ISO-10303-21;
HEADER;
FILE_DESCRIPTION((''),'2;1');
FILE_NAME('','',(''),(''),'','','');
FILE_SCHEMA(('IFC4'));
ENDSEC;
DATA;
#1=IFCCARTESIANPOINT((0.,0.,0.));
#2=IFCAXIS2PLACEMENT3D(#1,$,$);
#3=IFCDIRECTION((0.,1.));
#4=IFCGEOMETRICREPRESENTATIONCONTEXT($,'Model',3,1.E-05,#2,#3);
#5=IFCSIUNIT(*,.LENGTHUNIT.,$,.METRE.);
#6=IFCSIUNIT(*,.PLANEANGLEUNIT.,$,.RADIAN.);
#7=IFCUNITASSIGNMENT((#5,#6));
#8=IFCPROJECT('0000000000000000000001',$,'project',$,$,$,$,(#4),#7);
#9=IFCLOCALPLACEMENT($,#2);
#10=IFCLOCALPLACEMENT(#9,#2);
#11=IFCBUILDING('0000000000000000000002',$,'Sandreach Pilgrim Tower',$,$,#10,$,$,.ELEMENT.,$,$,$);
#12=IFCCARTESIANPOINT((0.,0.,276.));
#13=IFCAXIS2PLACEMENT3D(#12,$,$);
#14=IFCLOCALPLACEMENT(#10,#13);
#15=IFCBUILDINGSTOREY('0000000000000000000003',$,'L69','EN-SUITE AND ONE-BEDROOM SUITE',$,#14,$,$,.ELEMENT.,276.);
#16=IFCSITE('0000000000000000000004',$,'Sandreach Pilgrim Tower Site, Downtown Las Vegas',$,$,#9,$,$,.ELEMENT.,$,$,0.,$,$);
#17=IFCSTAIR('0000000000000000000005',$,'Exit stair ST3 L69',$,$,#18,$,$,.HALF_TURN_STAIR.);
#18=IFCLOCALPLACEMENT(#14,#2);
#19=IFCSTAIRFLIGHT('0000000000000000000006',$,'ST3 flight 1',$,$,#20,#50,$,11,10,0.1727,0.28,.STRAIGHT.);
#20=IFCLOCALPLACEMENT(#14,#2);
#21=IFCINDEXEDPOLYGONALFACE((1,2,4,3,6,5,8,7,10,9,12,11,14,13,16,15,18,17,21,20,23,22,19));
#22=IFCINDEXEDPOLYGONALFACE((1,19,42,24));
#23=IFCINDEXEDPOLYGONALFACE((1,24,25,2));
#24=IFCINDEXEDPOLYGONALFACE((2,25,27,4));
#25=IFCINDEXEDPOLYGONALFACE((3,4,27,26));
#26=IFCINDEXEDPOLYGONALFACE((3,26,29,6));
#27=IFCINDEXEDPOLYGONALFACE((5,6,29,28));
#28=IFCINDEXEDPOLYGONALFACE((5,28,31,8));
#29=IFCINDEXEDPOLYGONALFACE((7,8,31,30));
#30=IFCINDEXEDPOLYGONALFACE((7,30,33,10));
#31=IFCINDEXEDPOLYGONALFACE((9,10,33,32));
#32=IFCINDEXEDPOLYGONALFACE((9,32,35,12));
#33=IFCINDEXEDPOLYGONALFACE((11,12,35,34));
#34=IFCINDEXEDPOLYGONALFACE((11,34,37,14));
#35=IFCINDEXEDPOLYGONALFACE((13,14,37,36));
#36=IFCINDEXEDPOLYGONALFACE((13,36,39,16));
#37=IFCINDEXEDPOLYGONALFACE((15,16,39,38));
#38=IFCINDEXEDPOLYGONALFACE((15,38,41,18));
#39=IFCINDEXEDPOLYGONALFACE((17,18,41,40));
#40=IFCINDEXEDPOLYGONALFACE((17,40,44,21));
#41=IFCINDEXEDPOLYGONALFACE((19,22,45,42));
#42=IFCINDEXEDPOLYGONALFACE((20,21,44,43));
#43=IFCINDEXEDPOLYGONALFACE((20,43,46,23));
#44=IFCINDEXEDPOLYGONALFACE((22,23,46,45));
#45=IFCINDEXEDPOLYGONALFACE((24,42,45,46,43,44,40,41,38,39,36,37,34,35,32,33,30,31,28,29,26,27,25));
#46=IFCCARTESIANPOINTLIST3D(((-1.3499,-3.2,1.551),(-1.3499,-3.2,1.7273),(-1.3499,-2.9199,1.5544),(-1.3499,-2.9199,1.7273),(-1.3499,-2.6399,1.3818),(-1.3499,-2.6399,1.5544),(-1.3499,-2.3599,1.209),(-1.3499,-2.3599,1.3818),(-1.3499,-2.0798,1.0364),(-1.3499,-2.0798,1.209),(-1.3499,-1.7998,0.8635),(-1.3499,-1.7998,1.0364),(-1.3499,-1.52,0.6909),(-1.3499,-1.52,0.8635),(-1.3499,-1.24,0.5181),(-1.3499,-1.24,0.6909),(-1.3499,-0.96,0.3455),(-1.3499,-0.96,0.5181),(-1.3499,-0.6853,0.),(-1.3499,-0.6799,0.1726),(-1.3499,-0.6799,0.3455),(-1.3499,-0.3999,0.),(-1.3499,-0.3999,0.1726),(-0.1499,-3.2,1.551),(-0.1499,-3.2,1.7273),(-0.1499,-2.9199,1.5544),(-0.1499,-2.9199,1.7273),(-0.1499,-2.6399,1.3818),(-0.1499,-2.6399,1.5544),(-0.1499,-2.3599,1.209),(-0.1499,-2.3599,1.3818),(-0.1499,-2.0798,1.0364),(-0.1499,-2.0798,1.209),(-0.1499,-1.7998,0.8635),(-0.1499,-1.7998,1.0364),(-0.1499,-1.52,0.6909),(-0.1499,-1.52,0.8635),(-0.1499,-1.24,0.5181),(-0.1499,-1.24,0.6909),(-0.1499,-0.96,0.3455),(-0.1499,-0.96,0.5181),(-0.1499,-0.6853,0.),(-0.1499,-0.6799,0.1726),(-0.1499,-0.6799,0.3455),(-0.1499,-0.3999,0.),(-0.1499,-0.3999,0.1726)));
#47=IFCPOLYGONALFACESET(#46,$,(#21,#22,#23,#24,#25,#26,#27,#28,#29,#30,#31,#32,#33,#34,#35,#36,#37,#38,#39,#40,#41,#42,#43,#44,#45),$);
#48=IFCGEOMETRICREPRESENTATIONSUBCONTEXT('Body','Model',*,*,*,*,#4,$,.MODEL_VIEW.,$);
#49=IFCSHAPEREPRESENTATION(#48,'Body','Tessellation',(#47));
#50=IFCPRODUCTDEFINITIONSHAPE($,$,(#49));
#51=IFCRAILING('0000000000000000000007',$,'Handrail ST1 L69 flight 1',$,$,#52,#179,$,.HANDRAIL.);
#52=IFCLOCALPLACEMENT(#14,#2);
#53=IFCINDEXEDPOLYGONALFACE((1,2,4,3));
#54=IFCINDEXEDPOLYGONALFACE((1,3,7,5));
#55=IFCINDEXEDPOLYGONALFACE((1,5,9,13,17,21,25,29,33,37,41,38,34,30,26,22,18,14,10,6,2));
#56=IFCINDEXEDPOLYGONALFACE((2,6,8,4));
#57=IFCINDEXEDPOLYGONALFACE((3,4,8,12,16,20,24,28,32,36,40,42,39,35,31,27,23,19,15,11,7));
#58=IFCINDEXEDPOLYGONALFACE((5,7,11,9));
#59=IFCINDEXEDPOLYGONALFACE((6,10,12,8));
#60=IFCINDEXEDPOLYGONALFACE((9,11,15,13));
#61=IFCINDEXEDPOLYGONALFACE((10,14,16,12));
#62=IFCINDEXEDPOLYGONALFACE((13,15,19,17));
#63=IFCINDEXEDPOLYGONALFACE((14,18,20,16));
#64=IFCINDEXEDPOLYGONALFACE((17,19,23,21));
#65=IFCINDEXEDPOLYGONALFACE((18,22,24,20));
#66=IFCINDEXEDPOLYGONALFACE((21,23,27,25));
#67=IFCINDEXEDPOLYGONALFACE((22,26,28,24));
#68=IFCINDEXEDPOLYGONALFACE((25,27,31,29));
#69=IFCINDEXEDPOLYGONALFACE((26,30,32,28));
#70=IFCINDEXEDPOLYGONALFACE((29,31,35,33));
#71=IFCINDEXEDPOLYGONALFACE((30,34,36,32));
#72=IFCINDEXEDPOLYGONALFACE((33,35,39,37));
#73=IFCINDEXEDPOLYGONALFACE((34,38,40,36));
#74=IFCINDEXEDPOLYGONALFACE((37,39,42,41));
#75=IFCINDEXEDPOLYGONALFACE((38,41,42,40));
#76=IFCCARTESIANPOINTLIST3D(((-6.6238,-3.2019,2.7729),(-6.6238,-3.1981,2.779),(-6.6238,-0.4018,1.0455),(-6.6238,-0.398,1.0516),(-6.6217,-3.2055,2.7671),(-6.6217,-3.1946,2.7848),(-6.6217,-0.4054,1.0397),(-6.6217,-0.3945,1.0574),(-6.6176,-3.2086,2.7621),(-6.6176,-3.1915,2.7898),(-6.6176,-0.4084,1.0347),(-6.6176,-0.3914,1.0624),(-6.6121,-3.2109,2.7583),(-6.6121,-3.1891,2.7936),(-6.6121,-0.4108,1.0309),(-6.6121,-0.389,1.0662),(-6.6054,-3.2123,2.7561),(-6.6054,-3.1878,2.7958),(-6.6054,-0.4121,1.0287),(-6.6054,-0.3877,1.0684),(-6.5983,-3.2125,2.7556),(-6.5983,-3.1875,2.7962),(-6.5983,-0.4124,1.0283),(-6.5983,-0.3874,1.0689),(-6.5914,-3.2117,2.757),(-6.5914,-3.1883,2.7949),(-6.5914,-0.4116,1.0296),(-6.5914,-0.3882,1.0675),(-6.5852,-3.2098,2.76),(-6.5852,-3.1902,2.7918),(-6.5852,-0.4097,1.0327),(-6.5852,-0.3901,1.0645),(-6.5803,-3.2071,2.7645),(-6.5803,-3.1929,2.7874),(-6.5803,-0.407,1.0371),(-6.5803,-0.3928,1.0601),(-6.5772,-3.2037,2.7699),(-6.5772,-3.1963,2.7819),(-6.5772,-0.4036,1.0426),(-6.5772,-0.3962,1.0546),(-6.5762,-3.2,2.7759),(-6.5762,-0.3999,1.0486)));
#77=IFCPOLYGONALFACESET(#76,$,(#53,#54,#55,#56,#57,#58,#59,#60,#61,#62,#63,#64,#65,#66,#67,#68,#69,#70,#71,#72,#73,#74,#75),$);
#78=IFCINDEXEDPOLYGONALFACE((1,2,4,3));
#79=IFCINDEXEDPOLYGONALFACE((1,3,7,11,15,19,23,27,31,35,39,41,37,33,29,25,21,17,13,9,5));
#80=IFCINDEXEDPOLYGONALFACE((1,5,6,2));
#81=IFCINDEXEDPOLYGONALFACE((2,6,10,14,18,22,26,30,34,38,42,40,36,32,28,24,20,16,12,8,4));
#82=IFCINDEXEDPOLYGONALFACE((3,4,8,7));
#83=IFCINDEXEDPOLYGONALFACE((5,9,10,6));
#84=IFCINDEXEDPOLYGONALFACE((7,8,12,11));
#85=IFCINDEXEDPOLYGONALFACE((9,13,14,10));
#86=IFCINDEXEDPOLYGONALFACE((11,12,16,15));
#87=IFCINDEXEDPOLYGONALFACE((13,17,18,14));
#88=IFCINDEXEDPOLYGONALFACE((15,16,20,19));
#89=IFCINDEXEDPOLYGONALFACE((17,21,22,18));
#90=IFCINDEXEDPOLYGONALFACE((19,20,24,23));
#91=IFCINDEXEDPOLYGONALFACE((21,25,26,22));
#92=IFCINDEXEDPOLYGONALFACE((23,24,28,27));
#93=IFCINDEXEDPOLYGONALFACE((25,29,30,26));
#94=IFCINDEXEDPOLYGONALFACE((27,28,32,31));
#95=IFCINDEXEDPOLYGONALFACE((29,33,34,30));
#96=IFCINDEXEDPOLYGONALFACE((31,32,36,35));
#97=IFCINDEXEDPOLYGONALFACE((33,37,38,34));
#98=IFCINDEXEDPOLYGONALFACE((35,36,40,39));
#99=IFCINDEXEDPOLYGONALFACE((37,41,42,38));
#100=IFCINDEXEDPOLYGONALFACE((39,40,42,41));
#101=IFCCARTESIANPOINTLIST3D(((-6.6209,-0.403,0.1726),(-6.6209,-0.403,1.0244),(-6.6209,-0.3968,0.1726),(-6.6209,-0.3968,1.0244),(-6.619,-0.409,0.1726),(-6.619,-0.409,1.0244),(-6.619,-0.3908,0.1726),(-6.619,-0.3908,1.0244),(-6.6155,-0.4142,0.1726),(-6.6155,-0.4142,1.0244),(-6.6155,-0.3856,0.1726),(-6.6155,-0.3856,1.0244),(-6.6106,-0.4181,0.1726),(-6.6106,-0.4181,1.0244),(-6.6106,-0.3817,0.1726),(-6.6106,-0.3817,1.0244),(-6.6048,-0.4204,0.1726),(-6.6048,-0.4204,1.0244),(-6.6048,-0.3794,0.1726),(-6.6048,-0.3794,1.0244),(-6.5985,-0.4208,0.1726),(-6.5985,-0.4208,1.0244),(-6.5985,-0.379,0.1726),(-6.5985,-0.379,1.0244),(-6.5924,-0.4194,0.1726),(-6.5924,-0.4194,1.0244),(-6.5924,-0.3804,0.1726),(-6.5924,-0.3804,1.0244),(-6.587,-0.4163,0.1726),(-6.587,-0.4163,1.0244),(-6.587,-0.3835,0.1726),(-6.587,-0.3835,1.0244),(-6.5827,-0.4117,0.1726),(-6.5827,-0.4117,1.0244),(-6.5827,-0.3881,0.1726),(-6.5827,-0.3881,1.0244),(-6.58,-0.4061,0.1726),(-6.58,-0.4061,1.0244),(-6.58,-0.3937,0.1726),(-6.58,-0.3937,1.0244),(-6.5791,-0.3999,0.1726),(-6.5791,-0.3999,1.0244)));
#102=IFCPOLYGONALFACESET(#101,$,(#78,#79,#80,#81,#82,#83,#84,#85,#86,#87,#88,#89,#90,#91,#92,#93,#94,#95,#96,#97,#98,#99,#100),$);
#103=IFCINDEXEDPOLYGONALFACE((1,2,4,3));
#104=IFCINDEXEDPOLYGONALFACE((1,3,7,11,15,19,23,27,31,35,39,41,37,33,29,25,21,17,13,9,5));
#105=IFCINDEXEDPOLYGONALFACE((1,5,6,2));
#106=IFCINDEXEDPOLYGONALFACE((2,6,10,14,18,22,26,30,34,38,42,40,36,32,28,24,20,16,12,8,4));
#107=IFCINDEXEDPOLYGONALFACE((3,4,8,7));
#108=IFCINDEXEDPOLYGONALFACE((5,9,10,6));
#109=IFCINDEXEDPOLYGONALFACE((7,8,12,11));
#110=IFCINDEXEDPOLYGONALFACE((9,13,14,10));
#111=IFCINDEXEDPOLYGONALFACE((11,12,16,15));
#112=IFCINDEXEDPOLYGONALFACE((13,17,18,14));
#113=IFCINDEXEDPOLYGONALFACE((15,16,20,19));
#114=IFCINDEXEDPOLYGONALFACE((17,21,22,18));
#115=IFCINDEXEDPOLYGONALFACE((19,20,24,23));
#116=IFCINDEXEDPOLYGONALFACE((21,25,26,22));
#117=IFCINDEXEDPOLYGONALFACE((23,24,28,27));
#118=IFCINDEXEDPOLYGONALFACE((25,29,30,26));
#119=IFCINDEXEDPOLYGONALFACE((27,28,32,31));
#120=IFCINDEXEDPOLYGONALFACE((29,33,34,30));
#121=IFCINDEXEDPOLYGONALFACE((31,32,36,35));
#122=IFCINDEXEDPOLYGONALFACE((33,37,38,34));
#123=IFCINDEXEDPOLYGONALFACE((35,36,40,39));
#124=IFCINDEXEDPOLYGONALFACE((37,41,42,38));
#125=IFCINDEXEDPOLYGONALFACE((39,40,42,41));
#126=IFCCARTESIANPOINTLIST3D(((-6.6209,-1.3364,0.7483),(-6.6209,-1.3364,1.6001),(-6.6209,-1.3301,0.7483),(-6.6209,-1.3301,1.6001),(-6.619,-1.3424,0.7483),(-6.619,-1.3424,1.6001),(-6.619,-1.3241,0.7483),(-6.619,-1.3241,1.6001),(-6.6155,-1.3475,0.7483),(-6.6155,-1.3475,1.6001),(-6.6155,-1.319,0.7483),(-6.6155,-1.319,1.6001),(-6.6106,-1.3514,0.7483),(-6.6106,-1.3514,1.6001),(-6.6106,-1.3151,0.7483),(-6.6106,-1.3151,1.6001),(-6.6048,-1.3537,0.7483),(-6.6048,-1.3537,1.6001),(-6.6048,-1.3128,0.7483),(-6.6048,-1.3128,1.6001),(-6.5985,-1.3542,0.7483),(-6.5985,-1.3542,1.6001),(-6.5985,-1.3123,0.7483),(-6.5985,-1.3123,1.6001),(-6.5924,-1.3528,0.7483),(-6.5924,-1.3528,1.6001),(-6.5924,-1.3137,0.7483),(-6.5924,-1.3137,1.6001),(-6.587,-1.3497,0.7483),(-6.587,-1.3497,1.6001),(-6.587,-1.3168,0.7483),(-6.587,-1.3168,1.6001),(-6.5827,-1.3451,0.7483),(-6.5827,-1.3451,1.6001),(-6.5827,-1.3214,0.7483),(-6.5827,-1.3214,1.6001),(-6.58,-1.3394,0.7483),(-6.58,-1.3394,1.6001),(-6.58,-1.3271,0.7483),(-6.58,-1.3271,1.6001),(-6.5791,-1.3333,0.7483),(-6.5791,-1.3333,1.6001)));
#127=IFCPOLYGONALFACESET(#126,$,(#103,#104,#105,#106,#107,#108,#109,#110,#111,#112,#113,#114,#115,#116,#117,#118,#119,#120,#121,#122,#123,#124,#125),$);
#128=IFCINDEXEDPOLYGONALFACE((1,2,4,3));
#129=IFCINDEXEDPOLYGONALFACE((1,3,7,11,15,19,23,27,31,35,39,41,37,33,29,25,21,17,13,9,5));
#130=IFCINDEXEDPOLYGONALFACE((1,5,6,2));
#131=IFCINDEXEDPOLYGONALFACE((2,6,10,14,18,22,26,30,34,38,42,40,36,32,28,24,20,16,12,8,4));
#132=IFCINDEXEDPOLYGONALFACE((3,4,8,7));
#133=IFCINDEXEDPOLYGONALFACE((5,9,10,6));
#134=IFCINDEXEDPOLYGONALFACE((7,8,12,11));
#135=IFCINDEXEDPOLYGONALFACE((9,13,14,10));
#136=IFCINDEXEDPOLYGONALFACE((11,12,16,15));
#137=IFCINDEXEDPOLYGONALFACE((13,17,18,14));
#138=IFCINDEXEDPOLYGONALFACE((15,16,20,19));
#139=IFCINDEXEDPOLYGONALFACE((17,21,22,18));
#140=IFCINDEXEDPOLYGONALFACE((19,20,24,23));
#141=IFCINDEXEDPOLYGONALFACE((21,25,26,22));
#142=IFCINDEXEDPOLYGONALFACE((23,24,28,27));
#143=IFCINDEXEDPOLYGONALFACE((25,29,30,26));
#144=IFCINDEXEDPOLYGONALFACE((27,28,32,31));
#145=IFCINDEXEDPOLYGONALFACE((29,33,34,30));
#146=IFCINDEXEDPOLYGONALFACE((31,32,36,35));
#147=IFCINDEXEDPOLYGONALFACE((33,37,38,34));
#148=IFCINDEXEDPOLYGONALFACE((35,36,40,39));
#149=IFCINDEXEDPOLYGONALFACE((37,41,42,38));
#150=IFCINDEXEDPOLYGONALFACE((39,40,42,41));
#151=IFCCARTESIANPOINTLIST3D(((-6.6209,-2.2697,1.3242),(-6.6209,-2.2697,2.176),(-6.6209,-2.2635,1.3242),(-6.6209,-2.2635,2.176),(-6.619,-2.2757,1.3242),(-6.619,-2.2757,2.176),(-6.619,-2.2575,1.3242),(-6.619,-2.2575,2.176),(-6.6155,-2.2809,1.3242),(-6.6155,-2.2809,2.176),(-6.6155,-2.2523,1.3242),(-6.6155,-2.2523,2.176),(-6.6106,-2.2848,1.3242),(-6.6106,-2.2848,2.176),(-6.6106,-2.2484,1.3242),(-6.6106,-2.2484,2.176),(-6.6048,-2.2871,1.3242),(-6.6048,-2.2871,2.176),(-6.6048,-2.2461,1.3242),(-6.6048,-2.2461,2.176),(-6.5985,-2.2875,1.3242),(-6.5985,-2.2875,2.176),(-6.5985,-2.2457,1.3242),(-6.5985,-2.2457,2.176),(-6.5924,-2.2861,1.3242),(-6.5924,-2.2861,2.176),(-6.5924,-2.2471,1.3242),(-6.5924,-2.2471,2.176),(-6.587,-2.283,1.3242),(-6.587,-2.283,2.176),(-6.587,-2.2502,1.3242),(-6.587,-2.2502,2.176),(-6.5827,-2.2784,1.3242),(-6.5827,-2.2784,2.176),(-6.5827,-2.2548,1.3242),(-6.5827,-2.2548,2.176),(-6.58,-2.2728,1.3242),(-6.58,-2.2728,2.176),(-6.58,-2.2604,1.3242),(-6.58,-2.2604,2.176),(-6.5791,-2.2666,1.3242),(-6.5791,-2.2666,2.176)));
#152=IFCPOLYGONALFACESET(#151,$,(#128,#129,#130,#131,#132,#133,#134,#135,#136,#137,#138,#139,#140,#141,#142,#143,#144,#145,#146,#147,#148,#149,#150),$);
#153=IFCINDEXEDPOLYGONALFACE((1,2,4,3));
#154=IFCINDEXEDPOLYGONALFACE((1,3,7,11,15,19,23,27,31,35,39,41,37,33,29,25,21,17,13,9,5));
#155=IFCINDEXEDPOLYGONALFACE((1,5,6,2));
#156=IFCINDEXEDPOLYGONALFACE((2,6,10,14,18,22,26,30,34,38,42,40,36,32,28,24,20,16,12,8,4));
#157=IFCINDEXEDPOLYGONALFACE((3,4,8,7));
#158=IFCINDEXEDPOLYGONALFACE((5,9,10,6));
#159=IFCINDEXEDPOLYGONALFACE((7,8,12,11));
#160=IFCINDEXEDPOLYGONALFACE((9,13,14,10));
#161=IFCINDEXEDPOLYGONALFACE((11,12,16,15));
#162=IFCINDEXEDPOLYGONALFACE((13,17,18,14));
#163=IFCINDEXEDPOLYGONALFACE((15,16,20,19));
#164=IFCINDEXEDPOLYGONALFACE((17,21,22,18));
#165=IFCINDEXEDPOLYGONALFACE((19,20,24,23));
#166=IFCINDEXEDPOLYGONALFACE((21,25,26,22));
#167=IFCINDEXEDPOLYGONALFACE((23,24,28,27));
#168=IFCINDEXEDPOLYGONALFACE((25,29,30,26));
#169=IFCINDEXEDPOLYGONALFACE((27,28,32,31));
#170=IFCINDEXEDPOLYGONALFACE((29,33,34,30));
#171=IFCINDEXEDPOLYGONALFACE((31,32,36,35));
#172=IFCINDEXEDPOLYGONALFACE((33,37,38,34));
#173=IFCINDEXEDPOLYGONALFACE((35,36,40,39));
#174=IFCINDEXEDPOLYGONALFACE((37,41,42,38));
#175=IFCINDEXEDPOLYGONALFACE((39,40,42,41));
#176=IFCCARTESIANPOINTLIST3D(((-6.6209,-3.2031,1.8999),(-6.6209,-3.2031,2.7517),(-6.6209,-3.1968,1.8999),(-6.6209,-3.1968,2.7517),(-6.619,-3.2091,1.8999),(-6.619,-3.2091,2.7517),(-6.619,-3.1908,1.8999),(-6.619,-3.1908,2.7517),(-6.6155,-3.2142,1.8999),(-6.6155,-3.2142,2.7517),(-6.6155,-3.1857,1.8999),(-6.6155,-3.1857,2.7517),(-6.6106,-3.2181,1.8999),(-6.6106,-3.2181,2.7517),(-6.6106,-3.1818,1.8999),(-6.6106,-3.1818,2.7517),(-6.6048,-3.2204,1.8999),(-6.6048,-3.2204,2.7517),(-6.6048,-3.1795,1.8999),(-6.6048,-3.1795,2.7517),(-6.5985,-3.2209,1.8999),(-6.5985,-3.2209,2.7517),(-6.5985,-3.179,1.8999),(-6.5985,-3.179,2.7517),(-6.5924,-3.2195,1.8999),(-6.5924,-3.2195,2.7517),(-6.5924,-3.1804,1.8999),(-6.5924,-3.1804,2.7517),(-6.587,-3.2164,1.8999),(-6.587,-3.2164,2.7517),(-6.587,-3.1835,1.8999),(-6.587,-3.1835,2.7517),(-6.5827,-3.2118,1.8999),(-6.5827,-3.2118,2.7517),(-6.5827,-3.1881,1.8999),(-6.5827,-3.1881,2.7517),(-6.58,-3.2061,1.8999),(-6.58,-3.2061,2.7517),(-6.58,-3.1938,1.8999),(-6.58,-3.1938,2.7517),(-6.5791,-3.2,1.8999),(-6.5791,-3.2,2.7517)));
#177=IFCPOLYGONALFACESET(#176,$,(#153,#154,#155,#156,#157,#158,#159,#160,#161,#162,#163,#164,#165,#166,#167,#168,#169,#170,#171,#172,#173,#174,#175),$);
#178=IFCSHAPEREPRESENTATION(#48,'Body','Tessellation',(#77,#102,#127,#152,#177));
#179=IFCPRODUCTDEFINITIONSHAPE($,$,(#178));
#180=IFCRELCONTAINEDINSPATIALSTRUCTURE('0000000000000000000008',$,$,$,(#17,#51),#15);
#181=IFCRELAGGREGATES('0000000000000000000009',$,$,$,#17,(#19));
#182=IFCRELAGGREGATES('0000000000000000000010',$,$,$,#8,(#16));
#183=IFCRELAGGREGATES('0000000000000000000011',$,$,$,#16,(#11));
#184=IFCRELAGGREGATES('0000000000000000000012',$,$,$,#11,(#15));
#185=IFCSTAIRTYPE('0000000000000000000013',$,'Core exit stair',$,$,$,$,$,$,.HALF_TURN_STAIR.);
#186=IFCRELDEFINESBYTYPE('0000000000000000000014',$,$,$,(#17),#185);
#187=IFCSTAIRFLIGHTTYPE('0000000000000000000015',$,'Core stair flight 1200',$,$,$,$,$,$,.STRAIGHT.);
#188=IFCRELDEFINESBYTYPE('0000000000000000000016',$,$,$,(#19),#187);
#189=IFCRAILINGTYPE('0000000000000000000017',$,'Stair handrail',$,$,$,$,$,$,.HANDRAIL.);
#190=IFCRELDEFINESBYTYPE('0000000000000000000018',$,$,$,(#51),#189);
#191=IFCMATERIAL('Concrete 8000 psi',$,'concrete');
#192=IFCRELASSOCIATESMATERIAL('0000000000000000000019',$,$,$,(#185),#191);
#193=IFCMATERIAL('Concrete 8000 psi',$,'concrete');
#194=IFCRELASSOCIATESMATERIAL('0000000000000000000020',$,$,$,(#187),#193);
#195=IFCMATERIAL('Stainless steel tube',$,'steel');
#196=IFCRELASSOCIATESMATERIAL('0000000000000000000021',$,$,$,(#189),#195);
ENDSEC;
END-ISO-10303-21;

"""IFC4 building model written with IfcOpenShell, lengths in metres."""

from ifc_helpers import new_model, si_unit, direction, frame, origin, origin_2d, place, context, subcontext, project, spatial, polyline, circle, outline, extrude, material, type_object, element, aggregate, save


model = new_model("IFC4")

# Units and contexts
model_context = context("Model", 3, precision=1e-05, world=origin(), true_north=direction((0.0, 1.0)))
body_context = subcontext(model_context, "Body", "Model", "MODEL_VIEW")
ifc_project = project(units=[si_unit("LENGTHUNIT", "METRE"), si_unit("PLANEANGLEUNIT", "RADIAN")], contexts=[model_context])

# Site, building, storey
site_placement = place(None, origin())
site = spatial("IfcSite", under=ifc_project, at=site_placement, Name="Sandreach Pilgrim Tower Site, Downtown Las Vegas", CompositionType="ELEMENT", RefElevation=0.0)
building_placement = place(site_placement, origin())
building = spatial("IfcBuilding", under=site, at=building_placement, Name="Sandreach Pilgrim Tower", CompositionType="ELEMENT")
storey_placement = place(building_placement, frame((0.0, 0.0, 276.0)))
storey = spatial("IfcBuildingStorey", under=building, at=storey_placement, Name="L69", Description="EN-SUITE AND ONE-BEDROOM SUITE", CompositionType="ELEMENT", Elevation=276.0)

# Shared definitions
ifc_material_1 = material(Name="Concrete 8000 psi", Category="concrete")
stair_type = type_object("IfcStairType", Name="Core exit stair", PredefinedType="HALF_TURN_STAIR", material=ifc_material_1)
ifc_material_2 = material(Name="Concrete 8000 psi", Category="concrete")
stair_flight_type = type_object("IfcStairFlightType", Name="Core stair flight 1200", PredefinedType="STRAIGHT", material=ifc_material_2)

# Stair, stair flight
stair_1_placement = place(storey_placement, origin())
stair_1 = element("IfcStair", 1, at=stair_1_placement, inside=storey, type_object=stair_type, Name="Exit stair ST3 L69", PredefinedType="HALF_TURN_STAIR")
stair_flight_1_placement = place(storey_placement, frame((-0.75, -0.3999, 0.0), z_axis=(0.0, 0.0, 1.0), x_axis=(0.0, -1.0, 0.0)))
stair_flight_1 = element("IfcStairFlight", 2, at=stair_flight_1_placement, type_object=stair_flight_type, Name="ST3 flight 1", NumberOfRisers=11, NumberOfTreads=10, PredefinedType="STRAIGHT", RiserHeight=0.1727, TreadLength=0.28, context=body_context, shape_type="SweptSolid", body=[
    extrude(outline(polyline([(0.0, 0.0), (0.0, 0.1726), (0.28, 0.1726), (0.28, 0.3455), (0.5601, 0.3455), (0.5601, 0.5181), (0.8401, 0.5181), (0.8401, 0.6909), (1.1201, 0.6909), (1.1201, 0.8635), (1.3999, 0.8635), (1.3999, 1.0364), (1.6799, 1.0364), (1.6799, 1.209), (1.96, 1.209), (1.96, 1.3818), (2.24, 1.3818), (2.24, 1.5544), (2.52, 1.5544), (2.52, 1.7273), (2.8, 1.7273), (2.8, 1.8999), (2.8, 1.551), (0.2854, 0.0), (0.0, 0.0)])), frame((0.0, 0.6001, 0.0), z_axis=(0.0, -1.0, 0.0), x_axis=(1.0, 0.0, 0.0)), (0.0, 0.0, 1.0), 1.2),
])
aggregate(stair_1, [stair_flight_1])

# Railing
ifc_material_3 = material(Name="Stainless steel tube", Category="steel")
railing_type = type_object("IfcRailingType", Name="Stair handrail", PredefinedType="HANDRAIL", material=ifc_material_3)
railing_placement = place(storey_placement, frame((-6.6001, -0.3999, 0.1726)))
element("IfcRailing", 3, at=railing_placement, inside=storey, type_object=railing_type, Name="Handrail ST1 L69 flight 1", PredefinedType="HANDRAIL", context=body_context, shape_type="SweptSolid", body=[
    extrude(circle(Radius=0.0239, at=origin_2d()), frame((0.0, 0.0, 0.876), z_axis=(0.0, -0.85109, 0.52502), x_axis=(1.0, 0.0, 0.0)), (0.0, 0.0, 1.0), 3.29),
    extrude(circle(Radius=0.021, at=origin_2d()), origin(), (0.0, 0.0, 1.0), 0.8518),
    extrude(circle(Radius=0.021, at=origin_2d()), frame((0.0, -0.9333, 0.5757)), (0.0, 0.0, 1.0), 0.8518),
    extrude(circle(Radius=0.021, at=origin_2d()), frame((0.0, -1.8667, 1.1516)), (0.0, 0.0, 1.0), 0.8518),
    extrude(circle(Radius=0.021, at=origin_2d()), frame((0.0, -2.8, 1.7273)), (0.0, 0.0, 1.0), 0.8518),
])

save(model, "model.ifc")
